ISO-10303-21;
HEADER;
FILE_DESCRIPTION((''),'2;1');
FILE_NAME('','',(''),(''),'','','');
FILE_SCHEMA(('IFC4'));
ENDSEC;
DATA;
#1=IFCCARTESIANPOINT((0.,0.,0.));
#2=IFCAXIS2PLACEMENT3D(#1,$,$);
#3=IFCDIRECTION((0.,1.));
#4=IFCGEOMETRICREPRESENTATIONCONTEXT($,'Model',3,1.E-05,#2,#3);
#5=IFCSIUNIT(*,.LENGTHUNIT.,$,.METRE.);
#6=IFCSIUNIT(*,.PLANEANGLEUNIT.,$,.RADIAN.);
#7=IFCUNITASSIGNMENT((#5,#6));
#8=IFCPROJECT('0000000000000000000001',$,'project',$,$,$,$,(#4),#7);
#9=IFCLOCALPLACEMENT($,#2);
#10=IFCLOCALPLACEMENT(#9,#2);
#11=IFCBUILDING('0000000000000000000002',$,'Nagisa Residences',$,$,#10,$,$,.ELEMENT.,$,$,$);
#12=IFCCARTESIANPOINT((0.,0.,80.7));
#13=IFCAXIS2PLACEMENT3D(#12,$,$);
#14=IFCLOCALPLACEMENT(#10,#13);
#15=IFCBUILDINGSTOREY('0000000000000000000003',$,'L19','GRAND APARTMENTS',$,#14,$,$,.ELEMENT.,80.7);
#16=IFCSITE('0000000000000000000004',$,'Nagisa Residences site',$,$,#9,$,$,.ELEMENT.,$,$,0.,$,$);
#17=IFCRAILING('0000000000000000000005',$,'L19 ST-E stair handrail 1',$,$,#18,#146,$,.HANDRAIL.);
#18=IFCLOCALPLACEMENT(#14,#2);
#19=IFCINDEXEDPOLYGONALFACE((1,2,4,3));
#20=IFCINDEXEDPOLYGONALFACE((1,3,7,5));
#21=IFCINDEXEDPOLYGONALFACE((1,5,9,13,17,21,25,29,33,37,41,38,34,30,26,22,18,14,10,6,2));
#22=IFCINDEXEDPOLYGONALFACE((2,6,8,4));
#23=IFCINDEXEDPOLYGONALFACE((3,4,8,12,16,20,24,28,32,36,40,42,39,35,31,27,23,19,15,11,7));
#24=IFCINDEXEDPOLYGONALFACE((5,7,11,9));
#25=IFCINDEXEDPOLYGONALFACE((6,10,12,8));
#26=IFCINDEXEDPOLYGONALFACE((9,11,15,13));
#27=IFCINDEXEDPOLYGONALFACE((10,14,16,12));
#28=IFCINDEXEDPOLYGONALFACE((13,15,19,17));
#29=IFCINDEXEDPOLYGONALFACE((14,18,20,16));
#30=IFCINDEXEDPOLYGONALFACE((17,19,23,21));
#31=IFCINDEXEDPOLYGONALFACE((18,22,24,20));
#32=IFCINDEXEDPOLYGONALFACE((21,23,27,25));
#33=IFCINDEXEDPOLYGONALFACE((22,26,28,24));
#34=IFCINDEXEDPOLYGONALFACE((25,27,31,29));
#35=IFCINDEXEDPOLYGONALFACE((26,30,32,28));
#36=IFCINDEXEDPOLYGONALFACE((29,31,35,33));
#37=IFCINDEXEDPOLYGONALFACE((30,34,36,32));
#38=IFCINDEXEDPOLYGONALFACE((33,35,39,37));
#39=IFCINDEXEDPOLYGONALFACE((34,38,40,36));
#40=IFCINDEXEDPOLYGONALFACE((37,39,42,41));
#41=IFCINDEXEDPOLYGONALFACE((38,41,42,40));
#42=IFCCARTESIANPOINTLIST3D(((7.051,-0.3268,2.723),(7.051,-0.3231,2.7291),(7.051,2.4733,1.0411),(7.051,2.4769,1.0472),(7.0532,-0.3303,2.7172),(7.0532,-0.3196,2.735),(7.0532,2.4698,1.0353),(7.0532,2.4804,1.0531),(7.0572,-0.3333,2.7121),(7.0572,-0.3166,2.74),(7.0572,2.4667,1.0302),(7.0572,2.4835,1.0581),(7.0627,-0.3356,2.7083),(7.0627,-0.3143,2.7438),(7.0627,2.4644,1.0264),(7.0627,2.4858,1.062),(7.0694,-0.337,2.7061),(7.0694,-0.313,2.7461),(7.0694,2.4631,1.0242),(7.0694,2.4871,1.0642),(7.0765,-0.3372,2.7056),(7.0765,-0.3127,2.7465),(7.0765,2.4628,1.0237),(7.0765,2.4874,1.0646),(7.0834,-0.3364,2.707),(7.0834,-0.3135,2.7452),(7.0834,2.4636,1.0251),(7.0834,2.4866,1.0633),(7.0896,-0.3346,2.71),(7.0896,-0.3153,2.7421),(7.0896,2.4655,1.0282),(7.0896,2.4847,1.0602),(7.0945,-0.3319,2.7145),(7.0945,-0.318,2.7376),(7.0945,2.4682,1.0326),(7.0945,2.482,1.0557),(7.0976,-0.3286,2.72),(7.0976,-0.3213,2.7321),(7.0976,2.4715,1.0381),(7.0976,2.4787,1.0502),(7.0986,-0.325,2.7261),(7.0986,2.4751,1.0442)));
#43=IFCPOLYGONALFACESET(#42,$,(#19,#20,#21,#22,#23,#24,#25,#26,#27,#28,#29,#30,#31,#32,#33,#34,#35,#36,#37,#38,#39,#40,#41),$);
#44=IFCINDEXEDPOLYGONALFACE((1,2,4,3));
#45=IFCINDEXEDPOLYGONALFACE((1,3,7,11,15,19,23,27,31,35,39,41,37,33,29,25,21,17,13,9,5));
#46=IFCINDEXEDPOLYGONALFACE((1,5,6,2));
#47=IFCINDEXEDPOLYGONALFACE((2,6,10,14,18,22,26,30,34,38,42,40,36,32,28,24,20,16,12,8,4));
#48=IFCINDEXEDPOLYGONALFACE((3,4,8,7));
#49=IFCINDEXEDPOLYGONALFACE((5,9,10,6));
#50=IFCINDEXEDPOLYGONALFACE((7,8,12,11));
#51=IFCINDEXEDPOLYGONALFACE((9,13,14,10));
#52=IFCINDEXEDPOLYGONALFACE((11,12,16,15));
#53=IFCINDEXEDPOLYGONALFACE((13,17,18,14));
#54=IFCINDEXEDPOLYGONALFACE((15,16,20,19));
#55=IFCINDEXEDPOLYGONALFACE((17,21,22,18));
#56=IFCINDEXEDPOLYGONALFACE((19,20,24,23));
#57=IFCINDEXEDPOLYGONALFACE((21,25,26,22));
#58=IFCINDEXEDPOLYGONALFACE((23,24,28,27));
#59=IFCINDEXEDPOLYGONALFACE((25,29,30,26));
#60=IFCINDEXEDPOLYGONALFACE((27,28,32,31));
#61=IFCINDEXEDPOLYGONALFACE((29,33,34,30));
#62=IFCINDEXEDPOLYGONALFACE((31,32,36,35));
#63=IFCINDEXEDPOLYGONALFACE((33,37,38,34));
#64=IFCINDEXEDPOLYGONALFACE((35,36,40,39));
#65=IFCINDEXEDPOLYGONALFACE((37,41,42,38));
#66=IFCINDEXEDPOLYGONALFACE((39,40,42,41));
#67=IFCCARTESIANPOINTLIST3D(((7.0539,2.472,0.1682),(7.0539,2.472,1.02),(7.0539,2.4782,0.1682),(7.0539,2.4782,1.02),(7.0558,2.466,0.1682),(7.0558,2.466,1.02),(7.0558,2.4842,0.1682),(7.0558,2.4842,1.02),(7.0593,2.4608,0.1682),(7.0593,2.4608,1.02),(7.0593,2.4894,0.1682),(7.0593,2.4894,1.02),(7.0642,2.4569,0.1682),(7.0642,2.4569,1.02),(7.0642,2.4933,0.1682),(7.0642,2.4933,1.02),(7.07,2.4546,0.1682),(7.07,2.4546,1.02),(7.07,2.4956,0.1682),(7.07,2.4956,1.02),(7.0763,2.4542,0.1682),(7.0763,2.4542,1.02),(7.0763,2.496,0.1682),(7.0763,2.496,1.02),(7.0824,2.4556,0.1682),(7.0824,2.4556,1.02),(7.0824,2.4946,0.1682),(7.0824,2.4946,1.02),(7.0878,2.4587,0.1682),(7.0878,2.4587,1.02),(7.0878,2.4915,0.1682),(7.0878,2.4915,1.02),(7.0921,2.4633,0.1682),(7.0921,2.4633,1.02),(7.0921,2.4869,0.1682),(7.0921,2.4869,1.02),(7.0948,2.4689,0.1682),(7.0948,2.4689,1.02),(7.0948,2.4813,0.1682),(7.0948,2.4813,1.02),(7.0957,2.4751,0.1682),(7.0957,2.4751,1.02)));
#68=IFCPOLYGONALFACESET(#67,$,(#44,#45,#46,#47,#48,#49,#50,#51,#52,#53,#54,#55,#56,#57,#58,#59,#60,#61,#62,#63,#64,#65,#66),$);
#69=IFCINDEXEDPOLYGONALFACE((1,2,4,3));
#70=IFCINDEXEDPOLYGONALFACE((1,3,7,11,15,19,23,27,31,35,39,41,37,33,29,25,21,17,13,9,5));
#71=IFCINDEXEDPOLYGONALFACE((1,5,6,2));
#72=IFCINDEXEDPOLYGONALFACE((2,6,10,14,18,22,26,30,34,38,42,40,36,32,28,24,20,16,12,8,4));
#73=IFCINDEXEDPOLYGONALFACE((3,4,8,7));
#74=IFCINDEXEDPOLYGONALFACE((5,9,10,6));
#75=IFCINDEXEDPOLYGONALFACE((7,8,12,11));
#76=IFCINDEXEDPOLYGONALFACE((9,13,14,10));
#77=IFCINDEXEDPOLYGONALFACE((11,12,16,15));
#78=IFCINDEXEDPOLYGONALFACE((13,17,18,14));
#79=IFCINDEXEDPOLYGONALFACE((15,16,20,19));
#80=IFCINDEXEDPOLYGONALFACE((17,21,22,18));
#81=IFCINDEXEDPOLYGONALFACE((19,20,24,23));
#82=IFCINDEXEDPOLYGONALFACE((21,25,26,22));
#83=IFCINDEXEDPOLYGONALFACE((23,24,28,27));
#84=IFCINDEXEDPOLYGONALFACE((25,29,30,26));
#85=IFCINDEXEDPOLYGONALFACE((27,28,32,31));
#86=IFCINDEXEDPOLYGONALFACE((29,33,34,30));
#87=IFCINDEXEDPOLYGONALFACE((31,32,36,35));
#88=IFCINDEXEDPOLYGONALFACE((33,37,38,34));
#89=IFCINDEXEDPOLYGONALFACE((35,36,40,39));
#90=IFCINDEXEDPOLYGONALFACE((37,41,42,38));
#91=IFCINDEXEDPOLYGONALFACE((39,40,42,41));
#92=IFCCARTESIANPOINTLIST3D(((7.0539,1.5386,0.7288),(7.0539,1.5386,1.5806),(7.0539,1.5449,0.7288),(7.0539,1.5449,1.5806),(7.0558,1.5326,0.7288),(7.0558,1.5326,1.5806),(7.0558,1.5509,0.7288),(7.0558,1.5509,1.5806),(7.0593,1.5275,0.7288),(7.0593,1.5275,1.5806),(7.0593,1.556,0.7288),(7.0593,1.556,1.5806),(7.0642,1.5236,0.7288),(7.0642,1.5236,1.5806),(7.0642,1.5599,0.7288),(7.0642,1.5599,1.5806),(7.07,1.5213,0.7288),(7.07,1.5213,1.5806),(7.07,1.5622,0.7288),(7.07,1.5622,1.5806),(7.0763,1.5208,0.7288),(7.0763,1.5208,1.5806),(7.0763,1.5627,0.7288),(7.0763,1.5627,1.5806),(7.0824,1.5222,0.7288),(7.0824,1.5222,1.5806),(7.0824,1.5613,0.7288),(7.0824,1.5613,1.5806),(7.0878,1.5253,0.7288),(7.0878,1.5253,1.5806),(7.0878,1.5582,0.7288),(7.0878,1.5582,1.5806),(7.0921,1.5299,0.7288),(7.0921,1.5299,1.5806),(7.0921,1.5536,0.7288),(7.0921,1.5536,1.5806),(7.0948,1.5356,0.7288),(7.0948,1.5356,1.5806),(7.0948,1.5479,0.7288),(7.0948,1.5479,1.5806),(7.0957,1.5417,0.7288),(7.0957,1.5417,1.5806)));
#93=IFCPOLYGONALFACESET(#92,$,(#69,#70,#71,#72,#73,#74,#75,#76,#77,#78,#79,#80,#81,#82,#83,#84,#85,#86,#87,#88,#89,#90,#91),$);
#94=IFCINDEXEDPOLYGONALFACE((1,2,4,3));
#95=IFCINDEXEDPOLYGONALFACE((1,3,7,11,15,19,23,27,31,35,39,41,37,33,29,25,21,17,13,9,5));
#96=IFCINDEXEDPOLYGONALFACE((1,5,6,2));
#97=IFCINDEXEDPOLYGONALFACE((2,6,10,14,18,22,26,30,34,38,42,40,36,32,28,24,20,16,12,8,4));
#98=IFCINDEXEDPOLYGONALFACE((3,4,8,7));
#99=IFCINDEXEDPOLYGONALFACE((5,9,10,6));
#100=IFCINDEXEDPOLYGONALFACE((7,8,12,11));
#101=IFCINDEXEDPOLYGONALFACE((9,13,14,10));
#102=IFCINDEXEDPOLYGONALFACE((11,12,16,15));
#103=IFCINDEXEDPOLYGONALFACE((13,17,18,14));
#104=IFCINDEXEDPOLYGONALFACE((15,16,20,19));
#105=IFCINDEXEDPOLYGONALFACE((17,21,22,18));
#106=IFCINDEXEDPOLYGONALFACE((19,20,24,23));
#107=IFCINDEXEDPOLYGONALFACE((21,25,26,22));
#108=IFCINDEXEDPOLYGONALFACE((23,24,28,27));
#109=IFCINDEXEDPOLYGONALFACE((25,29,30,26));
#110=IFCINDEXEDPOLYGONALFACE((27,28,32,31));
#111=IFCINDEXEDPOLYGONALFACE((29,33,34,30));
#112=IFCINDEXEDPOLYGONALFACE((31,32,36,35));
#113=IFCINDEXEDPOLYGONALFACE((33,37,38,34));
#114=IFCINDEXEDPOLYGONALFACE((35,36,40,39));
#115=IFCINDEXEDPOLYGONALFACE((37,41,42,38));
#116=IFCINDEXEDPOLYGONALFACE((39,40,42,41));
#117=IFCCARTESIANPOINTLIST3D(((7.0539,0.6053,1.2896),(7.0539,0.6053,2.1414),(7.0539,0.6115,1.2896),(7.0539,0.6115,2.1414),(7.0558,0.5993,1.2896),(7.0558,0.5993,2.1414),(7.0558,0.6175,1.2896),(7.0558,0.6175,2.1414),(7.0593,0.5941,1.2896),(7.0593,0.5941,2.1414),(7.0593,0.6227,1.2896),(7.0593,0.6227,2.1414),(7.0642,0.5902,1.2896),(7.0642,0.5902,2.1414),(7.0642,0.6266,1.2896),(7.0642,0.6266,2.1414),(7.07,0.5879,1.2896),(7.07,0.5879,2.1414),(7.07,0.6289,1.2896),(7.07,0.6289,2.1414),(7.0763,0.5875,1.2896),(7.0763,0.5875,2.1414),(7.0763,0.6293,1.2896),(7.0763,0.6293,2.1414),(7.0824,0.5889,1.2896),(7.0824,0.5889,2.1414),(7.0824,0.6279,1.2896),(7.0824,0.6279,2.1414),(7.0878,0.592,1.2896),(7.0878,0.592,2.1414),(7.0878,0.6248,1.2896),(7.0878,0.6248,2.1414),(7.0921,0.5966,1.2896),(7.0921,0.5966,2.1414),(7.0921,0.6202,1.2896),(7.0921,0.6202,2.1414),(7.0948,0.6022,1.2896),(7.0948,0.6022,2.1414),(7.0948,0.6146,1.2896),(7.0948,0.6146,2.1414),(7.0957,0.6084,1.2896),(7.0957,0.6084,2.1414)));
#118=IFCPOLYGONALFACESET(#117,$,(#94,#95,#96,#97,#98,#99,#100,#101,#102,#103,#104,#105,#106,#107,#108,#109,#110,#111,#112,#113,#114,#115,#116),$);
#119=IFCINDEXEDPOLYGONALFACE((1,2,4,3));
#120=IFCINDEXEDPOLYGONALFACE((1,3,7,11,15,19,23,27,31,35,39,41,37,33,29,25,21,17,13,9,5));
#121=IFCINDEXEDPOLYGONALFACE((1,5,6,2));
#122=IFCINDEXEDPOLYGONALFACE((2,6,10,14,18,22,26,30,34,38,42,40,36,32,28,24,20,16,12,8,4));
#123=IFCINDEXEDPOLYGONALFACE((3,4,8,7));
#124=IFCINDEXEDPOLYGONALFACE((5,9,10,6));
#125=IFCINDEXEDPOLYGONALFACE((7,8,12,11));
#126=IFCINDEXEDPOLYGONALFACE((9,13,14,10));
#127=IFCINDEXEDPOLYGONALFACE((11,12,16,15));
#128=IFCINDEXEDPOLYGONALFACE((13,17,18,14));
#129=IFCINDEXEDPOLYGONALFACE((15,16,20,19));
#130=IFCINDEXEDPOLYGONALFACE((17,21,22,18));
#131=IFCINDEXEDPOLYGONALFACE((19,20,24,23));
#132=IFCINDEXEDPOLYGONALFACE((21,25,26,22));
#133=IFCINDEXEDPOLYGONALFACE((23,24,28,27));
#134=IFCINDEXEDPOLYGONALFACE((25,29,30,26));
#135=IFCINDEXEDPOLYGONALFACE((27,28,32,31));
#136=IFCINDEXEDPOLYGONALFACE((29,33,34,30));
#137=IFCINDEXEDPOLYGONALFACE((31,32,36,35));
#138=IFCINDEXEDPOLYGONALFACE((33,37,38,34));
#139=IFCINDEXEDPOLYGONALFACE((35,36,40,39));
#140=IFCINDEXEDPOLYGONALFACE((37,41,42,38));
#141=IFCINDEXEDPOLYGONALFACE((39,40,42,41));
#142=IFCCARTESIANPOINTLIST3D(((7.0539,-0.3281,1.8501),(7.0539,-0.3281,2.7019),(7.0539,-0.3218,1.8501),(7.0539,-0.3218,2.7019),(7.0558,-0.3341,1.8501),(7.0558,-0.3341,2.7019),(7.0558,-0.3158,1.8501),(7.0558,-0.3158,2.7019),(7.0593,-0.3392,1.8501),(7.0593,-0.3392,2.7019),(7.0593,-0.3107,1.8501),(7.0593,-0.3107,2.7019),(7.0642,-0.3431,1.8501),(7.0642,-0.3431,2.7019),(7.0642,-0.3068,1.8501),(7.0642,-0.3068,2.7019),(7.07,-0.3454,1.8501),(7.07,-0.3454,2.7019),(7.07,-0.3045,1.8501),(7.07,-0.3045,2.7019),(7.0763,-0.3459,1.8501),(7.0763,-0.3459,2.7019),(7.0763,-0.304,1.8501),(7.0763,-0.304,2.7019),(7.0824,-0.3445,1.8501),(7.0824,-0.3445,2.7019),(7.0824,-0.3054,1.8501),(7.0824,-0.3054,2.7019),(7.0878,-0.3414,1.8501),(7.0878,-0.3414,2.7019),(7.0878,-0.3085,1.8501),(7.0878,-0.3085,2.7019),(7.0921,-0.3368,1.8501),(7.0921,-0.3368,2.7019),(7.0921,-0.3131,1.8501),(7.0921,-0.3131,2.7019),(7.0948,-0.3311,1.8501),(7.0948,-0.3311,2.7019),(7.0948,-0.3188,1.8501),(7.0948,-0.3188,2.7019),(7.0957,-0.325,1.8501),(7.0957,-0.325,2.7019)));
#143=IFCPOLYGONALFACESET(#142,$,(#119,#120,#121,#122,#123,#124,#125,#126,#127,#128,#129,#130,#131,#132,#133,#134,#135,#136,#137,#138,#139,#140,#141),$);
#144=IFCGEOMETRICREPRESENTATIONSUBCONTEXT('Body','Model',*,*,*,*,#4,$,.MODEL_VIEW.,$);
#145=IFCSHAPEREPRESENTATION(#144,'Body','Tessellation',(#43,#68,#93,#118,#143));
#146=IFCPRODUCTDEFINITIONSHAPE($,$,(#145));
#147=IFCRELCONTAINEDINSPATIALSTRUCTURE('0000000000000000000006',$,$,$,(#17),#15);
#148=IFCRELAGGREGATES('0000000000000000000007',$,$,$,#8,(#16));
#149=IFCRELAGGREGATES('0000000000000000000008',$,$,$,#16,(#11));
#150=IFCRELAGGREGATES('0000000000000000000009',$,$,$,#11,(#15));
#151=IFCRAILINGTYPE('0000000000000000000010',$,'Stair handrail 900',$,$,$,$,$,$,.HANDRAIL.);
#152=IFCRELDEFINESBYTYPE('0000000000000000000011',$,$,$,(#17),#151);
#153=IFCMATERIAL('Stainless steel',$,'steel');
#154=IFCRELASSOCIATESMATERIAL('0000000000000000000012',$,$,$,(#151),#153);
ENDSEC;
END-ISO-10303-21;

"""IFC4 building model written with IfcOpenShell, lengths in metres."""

from ifc_helpers import new_model, si_unit, direction, frame, origin, origin_2d, place, context, subcontext, project, spatial, circle, extrude, material, type_object, element, save


model = new_model("IFC4")

# Units and contexts
model_context = context("Model", 3, precision=1e-05, world=origin(), true_north=direction((0.0, 1.0)))
body_context = subcontext(model_context, "Body", "Model", "MODEL_VIEW")
ifc_project = project(units=[si_unit("LENGTHUNIT", "METRE"), si_unit("PLANEANGLEUNIT", "RADIAN")], contexts=[model_context])

# Site, building, storey
site_placement = place(None, origin())
site = spatial("IfcSite", under=ifc_project, at=site_placement, Name="Nagisa Residences site", CompositionType="ELEMENT", RefElevation=0.0)
building_placement = place(site_placement, origin())
building = spatial("IfcBuilding", under=site, at=building_placement, Name="Nagisa Residences", CompositionType="ELEMENT")
storey_placement = place(building_placement, frame((0.0, 0.0, 80.7)))
storey = spatial("IfcBuildingStorey", under=building, at=storey_placement, Name="L19", Description="GRAND APARTMENTS", CompositionType="ELEMENT", Elevation=80.7)

# Railing
ifc_material_1 = material(Name="Stainless steel", Category="steel")
railing_type_1 = type_object("IfcRailingType", Name="Stair handrail 900", PredefinedType="HANDRAIL", material=ifc_material_1)
railing_1_placement = place(storey_placement, frame((7.0747, 2.4751, 0.1682)))
element("IfcRailing", 1, at=railing_1_placement, inside=storey, type_object=railing_type_1, Name="L19 ST-E stair handrail 1", PredefinedType="HANDRAIL", context=body_context, shape_type="SweptSolid", body=[
    extrude(circle(Radius=0.0239, at=origin_2d()), frame((0.0, 0.0, 0.876), z_axis=(0.0, -0.857242, 0.514913), x_axis=(1.0, 0.0, 0.0)), (0.0, 0.0, 1.0), 3.2664),
    extrude(circle(Radius=0.021, at=origin_2d()), origin(), (0.0, 0.0, 1.0), 0.8518),
    extrude(circle(Radius=0.021, at=origin_2d()), frame((0.0, -0.9333, 0.5605)), (0.0, 0.0, 1.0), 0.8518),
    extrude(circle(Radius=0.021, at=origin_2d()), frame((0.0, -1.8667, 1.1213)), (0.0, 0.0, 1.0), 0.8518),
    extrude(circle(Radius=0.021, at=origin_2d()), frame((0.0, -2.8, 1.6819)), (0.0, 0.0, 1.0), 0.8518),
])

save(model, "model.ifc")
